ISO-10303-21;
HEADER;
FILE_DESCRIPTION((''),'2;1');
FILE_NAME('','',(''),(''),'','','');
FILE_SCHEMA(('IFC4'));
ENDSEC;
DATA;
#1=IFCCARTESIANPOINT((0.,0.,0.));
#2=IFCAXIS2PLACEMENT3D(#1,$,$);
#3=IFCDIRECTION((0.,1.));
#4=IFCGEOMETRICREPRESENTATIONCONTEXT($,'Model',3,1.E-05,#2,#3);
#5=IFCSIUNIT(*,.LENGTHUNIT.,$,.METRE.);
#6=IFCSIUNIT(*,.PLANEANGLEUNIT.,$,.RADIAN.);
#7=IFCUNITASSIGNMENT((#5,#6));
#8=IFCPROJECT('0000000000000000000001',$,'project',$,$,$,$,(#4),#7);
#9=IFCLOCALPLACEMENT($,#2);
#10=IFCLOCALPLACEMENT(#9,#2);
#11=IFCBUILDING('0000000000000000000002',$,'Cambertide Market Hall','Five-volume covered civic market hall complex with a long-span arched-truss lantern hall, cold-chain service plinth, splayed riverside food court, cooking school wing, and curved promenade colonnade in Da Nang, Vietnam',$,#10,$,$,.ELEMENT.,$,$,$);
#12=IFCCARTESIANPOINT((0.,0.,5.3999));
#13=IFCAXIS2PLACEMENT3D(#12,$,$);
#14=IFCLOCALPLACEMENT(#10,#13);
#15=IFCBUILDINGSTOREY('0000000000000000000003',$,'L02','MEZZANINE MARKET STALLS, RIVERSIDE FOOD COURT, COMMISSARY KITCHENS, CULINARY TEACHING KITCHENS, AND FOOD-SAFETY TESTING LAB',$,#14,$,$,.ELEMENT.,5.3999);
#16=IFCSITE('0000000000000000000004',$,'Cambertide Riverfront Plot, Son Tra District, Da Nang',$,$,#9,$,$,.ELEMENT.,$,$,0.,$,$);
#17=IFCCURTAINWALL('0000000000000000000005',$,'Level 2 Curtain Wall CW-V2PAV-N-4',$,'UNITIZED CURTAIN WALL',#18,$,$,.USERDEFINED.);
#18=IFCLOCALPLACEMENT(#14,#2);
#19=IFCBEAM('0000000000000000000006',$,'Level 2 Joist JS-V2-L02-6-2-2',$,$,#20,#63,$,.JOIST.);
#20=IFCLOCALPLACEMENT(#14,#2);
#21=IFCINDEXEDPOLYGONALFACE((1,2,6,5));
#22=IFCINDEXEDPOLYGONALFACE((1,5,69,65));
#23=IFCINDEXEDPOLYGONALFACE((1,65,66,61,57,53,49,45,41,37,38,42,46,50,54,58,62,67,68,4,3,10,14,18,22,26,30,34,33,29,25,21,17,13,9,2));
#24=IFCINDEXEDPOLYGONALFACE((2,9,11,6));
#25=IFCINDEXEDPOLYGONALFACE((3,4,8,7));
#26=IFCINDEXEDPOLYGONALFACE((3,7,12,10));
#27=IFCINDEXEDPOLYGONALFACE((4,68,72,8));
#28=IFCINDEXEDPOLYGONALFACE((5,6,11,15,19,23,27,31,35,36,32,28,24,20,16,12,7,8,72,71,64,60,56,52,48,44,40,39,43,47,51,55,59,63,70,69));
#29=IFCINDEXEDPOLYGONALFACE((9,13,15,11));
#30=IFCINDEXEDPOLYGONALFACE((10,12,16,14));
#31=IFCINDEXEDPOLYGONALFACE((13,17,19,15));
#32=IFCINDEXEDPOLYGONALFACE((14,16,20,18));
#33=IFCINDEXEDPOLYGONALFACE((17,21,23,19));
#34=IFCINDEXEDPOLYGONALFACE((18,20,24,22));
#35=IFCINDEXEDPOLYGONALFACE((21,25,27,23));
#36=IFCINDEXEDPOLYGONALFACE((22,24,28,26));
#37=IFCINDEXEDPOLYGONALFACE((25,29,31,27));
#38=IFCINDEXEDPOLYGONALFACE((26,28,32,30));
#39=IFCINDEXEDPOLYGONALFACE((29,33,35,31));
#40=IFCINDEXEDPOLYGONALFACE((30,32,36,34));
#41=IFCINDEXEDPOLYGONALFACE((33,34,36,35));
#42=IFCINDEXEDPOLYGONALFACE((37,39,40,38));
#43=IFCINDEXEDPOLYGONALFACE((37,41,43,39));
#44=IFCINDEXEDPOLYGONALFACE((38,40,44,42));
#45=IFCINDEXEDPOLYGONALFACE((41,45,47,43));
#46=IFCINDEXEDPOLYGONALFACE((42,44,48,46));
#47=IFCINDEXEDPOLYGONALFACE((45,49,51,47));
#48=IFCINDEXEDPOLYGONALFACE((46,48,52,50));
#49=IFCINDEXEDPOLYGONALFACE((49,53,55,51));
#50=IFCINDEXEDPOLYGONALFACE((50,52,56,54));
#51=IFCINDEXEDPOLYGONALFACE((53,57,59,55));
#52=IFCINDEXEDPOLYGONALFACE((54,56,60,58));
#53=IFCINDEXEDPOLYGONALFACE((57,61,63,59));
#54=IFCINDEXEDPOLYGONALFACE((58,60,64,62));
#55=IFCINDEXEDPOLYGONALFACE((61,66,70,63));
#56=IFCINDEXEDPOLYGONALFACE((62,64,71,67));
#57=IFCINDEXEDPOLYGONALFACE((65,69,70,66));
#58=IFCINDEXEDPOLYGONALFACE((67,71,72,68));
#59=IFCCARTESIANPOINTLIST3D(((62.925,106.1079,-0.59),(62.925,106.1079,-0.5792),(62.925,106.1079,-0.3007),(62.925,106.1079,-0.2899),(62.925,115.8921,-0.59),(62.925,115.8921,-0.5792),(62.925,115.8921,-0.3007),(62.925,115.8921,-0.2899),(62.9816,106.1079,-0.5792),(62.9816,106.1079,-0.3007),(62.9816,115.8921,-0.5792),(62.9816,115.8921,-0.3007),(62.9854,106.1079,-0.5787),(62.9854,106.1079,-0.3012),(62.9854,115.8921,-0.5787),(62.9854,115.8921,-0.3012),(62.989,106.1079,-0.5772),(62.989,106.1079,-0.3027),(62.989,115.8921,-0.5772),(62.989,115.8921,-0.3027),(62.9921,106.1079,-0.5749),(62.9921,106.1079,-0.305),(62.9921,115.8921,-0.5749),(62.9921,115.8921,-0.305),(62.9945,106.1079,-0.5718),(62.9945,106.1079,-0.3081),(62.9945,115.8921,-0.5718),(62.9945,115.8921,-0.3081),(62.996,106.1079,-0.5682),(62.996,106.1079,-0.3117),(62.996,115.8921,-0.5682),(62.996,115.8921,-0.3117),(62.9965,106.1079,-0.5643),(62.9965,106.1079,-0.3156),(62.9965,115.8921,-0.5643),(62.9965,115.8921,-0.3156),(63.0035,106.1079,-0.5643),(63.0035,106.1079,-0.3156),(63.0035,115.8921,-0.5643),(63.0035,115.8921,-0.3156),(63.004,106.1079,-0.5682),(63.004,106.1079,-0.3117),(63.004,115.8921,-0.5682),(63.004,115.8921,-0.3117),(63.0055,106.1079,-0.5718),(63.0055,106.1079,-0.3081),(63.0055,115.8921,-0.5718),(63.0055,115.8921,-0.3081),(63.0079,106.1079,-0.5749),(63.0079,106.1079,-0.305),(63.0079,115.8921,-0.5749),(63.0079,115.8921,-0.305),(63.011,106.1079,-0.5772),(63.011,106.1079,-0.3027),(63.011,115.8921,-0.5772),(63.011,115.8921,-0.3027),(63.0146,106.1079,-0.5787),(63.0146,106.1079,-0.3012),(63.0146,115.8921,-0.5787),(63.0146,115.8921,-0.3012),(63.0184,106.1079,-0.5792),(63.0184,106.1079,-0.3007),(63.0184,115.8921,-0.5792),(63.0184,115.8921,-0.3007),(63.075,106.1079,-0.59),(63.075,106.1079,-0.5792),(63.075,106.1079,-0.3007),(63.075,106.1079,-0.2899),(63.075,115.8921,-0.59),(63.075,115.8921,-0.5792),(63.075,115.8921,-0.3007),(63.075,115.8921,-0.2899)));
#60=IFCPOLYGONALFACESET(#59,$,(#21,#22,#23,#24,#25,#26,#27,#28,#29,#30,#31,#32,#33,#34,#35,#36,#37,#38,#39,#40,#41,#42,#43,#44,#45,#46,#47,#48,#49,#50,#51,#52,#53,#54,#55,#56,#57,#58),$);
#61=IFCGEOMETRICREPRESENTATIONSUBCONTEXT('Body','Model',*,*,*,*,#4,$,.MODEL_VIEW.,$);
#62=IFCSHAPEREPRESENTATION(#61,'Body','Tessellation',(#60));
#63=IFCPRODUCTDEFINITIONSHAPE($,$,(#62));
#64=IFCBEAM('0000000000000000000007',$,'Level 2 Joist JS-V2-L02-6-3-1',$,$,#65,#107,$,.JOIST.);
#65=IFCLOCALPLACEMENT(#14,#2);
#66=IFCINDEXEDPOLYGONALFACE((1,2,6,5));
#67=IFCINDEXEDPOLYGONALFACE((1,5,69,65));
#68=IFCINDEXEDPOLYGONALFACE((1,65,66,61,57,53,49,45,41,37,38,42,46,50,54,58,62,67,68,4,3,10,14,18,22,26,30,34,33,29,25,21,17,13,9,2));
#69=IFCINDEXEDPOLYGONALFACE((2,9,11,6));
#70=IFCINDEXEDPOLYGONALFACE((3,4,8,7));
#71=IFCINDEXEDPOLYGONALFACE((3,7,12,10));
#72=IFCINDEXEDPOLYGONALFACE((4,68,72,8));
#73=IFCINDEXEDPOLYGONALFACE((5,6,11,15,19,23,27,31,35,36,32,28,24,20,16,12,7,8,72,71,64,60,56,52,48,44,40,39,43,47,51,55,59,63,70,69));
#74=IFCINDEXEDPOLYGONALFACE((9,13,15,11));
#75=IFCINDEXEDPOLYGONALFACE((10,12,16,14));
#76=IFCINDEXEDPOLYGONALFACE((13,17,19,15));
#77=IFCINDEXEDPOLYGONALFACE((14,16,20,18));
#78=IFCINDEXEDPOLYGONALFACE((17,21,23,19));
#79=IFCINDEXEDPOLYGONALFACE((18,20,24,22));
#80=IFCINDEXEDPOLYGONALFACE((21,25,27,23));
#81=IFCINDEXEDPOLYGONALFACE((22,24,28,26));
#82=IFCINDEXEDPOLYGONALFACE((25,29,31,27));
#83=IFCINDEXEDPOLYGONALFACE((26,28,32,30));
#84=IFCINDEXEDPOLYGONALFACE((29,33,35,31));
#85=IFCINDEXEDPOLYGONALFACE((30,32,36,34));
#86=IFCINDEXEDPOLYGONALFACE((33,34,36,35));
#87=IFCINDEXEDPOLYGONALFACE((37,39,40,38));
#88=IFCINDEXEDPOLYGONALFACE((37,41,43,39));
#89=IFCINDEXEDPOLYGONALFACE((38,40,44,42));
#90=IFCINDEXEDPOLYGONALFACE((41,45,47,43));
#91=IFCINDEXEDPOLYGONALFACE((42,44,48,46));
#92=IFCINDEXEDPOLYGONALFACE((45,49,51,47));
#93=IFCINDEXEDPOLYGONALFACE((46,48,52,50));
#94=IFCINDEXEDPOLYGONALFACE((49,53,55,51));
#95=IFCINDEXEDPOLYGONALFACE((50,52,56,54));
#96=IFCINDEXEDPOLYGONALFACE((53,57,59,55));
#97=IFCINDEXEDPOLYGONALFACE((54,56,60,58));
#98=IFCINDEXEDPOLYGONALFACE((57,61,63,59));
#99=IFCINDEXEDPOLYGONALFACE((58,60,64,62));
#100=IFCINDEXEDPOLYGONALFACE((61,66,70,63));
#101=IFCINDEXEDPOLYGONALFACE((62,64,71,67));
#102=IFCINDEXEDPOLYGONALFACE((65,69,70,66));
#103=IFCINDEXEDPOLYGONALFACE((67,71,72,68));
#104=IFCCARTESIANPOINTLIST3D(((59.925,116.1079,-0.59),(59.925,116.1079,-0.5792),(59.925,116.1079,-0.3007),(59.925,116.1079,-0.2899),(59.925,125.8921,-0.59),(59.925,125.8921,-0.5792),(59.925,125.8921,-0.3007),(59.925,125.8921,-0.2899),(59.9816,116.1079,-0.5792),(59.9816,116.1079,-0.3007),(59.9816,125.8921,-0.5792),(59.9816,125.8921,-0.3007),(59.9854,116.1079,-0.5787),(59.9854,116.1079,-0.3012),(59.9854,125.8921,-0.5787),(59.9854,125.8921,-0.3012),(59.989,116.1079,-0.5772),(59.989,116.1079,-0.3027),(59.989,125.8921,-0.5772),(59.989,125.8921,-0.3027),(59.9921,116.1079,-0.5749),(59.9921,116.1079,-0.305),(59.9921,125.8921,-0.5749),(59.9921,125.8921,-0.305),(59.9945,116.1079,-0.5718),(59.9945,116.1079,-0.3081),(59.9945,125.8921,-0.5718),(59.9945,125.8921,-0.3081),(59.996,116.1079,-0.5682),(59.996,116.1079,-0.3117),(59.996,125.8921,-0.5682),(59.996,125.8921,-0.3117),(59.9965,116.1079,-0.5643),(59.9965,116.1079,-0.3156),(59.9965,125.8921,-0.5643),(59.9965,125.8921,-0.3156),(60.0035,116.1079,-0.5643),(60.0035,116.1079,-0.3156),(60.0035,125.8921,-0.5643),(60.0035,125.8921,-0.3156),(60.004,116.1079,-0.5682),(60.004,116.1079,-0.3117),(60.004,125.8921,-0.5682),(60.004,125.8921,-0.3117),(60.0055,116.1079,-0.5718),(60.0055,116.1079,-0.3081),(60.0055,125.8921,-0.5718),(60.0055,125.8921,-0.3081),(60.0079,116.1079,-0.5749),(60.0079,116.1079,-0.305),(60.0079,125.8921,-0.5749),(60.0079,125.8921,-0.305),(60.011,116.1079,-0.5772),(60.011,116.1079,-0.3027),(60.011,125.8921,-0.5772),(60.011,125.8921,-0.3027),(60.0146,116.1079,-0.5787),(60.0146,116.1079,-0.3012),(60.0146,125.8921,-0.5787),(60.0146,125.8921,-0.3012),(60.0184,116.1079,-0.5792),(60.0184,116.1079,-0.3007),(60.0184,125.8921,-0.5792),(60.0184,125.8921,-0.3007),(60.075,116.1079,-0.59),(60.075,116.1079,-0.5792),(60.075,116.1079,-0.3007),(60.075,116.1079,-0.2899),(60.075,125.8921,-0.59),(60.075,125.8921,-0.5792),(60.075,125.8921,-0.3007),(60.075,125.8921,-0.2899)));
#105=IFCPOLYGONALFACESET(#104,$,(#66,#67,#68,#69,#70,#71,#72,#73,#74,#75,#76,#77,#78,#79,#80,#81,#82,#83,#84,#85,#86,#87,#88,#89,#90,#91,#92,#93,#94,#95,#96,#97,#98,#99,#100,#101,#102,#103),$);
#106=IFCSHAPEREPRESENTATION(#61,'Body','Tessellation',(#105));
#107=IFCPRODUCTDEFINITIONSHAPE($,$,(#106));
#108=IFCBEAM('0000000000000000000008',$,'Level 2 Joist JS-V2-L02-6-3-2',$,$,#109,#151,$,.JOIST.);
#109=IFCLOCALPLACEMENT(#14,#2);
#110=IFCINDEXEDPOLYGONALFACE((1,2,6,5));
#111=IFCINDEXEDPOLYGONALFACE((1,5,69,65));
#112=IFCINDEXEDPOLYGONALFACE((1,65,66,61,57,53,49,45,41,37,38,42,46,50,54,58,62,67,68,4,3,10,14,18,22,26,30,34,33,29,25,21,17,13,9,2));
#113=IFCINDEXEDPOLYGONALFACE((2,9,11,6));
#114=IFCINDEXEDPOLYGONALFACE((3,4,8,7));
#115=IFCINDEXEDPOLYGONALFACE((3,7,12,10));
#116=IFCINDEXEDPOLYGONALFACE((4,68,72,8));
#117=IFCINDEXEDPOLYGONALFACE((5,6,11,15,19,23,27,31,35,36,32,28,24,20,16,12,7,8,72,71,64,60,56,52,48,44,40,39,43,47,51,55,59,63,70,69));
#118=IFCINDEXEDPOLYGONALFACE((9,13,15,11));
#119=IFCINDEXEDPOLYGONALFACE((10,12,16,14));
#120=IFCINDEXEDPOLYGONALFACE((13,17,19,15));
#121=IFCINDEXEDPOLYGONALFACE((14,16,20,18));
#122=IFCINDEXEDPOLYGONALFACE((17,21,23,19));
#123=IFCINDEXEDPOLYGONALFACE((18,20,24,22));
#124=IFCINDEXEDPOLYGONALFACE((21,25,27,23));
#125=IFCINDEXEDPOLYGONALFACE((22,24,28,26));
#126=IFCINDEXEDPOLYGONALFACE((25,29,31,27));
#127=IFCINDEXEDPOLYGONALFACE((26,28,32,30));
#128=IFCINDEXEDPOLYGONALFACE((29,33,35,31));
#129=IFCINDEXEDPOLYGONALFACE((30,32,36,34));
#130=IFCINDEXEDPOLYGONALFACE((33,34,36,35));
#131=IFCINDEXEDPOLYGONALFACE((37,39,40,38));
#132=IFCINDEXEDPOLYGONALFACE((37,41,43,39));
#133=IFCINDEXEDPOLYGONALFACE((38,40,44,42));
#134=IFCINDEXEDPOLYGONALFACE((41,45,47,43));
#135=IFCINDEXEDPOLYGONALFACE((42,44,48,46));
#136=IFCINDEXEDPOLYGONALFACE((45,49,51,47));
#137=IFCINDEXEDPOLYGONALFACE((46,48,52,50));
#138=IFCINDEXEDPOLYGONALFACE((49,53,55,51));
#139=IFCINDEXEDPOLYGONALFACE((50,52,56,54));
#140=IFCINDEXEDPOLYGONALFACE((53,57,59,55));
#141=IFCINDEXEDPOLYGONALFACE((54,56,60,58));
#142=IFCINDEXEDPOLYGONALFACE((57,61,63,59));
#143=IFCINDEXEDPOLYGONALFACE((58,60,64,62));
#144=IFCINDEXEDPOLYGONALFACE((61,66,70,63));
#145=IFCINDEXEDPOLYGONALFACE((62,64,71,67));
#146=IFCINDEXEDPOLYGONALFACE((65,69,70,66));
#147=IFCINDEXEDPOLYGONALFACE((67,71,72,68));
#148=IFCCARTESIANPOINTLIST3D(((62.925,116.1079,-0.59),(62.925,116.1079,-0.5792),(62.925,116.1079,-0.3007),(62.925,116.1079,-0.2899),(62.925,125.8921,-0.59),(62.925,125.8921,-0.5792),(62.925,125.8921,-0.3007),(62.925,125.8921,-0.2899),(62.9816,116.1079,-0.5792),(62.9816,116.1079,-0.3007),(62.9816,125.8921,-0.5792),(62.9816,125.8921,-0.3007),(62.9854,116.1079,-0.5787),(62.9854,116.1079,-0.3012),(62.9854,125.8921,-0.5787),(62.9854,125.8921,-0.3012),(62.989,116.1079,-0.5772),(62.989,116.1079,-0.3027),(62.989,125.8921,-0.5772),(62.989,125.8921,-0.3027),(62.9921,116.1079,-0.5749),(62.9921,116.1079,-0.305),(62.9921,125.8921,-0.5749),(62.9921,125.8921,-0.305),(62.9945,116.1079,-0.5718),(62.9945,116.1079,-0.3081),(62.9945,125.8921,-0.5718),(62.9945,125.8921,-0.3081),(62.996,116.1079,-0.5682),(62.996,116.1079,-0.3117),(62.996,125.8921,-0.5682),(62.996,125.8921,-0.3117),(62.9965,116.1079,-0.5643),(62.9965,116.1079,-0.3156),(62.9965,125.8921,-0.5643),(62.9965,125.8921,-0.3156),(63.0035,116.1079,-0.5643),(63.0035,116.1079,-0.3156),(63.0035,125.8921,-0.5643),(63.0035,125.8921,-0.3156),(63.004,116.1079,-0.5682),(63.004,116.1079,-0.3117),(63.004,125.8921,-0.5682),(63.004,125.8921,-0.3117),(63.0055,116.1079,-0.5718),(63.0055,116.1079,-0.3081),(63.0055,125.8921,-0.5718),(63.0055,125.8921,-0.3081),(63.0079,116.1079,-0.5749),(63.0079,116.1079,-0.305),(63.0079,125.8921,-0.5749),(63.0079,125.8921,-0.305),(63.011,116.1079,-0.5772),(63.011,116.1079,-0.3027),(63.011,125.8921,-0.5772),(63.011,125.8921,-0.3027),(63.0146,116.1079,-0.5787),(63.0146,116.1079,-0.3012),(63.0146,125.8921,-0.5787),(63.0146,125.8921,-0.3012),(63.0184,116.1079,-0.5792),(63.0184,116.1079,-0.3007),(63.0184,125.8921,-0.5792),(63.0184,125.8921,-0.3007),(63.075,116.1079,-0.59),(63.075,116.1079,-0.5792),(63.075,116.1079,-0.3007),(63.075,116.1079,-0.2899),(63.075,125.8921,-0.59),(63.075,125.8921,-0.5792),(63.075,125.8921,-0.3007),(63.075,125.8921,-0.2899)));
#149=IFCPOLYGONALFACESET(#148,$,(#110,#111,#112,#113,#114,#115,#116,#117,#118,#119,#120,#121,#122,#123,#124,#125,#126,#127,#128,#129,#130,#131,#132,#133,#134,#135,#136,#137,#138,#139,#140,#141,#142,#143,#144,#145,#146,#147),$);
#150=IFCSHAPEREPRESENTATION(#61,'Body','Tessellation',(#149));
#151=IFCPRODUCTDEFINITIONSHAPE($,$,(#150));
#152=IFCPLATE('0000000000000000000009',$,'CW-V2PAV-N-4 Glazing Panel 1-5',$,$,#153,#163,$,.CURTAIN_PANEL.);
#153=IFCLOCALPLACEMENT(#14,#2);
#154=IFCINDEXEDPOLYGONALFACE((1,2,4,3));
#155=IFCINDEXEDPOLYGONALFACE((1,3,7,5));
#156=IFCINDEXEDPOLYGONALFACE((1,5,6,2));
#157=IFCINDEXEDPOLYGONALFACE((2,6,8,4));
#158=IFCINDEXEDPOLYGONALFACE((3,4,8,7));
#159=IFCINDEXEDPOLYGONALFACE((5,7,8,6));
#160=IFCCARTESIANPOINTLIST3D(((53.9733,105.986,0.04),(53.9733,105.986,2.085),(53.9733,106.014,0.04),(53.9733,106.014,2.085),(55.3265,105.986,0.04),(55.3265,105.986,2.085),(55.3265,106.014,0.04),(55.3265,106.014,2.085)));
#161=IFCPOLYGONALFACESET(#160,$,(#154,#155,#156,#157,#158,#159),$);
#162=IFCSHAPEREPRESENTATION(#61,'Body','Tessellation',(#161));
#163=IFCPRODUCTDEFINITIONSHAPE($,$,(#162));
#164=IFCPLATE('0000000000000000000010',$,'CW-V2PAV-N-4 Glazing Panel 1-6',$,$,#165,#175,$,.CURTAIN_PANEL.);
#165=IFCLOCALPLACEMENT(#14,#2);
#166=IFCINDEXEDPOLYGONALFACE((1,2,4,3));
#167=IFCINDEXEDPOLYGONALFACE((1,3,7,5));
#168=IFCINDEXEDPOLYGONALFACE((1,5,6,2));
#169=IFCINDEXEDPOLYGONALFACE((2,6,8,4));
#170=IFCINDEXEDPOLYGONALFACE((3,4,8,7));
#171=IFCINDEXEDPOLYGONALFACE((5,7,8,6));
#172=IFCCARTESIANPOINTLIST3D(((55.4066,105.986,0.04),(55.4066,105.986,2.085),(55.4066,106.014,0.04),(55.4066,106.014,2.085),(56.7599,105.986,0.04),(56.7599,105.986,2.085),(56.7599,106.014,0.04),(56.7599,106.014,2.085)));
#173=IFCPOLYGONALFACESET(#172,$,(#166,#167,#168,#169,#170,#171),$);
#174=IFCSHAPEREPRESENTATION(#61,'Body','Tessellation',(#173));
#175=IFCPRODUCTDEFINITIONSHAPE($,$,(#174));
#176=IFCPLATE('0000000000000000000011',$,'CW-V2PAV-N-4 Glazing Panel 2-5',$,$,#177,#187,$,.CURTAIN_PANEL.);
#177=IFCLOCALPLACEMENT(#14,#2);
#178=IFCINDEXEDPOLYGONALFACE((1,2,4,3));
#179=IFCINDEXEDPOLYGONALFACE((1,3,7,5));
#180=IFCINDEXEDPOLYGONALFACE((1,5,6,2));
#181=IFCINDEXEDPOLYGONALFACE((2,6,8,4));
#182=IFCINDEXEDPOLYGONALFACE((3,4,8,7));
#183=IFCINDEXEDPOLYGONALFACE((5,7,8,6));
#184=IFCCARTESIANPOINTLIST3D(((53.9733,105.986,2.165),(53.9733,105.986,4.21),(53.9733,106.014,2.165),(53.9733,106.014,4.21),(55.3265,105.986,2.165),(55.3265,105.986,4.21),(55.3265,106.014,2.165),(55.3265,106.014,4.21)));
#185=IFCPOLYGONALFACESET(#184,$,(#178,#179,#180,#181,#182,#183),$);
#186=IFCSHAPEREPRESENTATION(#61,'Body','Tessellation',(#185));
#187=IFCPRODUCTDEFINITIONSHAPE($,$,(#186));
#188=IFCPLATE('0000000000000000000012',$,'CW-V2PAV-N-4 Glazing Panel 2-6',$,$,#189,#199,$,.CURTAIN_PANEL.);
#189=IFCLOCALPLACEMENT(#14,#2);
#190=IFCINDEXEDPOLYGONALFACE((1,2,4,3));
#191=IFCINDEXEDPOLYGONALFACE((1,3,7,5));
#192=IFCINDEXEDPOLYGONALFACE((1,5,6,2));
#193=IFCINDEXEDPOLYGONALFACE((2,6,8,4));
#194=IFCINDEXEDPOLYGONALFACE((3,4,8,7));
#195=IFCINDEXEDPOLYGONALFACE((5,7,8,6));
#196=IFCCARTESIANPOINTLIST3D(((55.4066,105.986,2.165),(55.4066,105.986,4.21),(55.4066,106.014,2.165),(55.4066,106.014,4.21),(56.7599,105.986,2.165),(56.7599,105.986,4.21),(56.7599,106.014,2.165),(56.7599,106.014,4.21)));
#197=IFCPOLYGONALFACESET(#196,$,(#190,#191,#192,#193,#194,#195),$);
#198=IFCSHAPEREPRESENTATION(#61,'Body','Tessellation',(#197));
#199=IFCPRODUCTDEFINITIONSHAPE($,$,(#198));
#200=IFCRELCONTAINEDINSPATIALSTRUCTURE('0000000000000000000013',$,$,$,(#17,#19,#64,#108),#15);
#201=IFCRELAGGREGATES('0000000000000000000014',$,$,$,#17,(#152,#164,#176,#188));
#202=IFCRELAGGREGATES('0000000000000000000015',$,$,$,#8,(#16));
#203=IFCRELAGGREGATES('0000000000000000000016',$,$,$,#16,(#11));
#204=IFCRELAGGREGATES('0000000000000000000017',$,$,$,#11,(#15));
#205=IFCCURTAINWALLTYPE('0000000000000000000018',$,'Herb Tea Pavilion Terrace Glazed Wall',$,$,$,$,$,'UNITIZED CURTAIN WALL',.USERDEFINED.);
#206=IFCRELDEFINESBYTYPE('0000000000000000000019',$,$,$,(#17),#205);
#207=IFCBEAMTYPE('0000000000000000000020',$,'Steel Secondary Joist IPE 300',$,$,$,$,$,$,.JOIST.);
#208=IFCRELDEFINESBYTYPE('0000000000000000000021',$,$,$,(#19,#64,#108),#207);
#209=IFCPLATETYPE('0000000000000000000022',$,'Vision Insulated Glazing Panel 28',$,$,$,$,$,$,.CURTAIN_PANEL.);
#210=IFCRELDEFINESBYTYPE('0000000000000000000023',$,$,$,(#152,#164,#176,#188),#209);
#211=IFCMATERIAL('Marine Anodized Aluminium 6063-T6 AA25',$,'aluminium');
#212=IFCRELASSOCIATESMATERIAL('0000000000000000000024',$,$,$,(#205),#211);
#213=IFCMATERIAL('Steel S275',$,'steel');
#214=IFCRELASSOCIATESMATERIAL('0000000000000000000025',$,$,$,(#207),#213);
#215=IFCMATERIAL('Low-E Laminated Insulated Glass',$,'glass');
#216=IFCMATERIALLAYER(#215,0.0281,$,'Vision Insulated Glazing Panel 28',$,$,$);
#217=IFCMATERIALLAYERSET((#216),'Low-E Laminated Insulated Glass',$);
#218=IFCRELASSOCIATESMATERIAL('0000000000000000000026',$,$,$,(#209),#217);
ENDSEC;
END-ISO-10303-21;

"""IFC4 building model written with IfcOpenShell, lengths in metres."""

from ifc_helpers import new_model, si_unit, direction, frame, origin, origin_2d, place, context, subcontext, project, spatial, rectangle, i_section, extrude, material, layer, layer_set, material_profile, profile_set, type_object, element, aggregate, save


model = new_model("IFC4")

# Units and contexts
model_context = context("Model", 3, precision=1e-05, world=origin(), true_north=direction((0.0, 1.0)))
body_context = subcontext(model_context, "Body", "Model", "MODEL_VIEW")
ifc_project = project(units=[si_unit("LENGTHUNIT", "METRE"), si_unit("PLANEANGLEUNIT", "RADIAN")], contexts=[model_context])

# Site, building, storey
site_placement = place(None, origin())
site = spatial("IfcSite", under=ifc_project, at=site_placement, Name="Cambertide Riverfront Plot, Son Tra District, Da Nang", CompositionType="ELEMENT", RefElevation=0.0)
building_placement = place(site_placement, origin())
building = spatial("IfcBuilding", under=site, at=building_placement, Name="Cambertide Market Hall", Description="Five-volume covered civic market hall complex with a long-span arched-truss lantern hall, cold-chain service plinth, splayed riverside food court, cooking school wing, and curved promenade colonnade in Da Nang, Vietnam", CompositionType="ELEMENT")
storey_placement = place(building_placement, frame((0.0, 0.0, 5.3999)))
storey = spatial("IfcBuildingStorey", under=building, at=storey_placement, Name="L02", Description="MEZZANINE MARKET STALLS, RIVERSIDE FOOD COURT, COMMISSARY KITCHENS, CULINARY TEACHING KITCHENS, AND FOOD-SAFETY TESTING LAB", CompositionType="ELEMENT", Elevation=5.3999)

# Curtain wall
ifc_material_1 = material(Name="Marine Anodized Aluminium 6063-T6 AA25", Category="aluminium")
curtain_wall_type = type_object("IfcCurtainWallType", Name="Herb Tea Pavilion Terrace Glazed Wall", ElementType="UNITIZED CURTAIN WALL", PredefinedType="USERDEFINED", material=ifc_material_1)
curtain_wall_placement = place(storey_placement, origin())
curtain_wall = element("IfcCurtainWall", 1, at=curtain_wall_placement, inside=storey, type_object=curtain_wall_type, Name="Level 2 Curtain Wall CW-V2PAV-N-4", ObjectType="UNITIZED CURTAIN WALL", PredefinedType="USERDEFINED")

# Beams
ifc_material_2 = material(Name="Steel S275", Category="steel")
ifc_material_profile_1 = material_profile(ifc_material_2, i_section(OverallWidth=0.1499, OverallDepth=0.3, WebThickness=0.0071, FlangeThickness=0.0107, FilletRadius=0.0149, at=origin_2d()), Name="IPE 300")
ifc_profile_set_1 = profile_set([ifc_material_profile_1], Name="Steel S275")
beam_type_1 = type_object("IfcBeamType", Name="Steel Secondary Joist IPE 300", PredefinedType="JOIST", material=ifc_profile_set_1)
for number, where, z_axis, x_axis, name in (
    (2, (63.0, 106.1079, -0.4399), (0.0, 1.0, 0.0), (-1.0, 0.0, 0.0), "Level 2 Joist JS-V2-L02-6-2-2"),
    (3, (60.0, 116.1079, -0.4399), (0.0, 1.0, 0.0), (-1.0, 0.0, 0.0), "Level 2 Joist JS-V2-L02-6-3-1"),
    (4, (63.0, 116.1079, -0.4399), (0.0, 1.0, 0.0), (-1.0, 0.0, 0.0), "Level 2 Joist JS-V2-L02-6-3-2"),
):
    element("IfcBeam", number, at=place(storey_placement, frame(where, z_axis=z_axis, x_axis=x_axis)), inside=storey, type_object=beam_type_1, Name=name, PredefinedType="JOIST", context=body_context, shape_type="SweptSolid", body=[
        extrude(i_section(OverallWidth=0.1499, OverallDepth=0.3, WebThickness=0.0071, FlangeThickness=0.0107, FilletRadius=0.0149, at=origin_2d()), origin(), (0.0, 0.0, 1.0), 9.7842),
    ])

# Plates
ifc_material_3 = material(Name="Low-E Laminated Insulated Glass", Category="glass")
ifc_layer_1 = layer(ifc_material_3, 0.0281, Name="Vision Insulated Glazing Panel 28")
ifc_layer_set_1 = layer_set([ifc_layer_1], Name="Low-E Laminated Insulated Glass")
plate_type = type_object("IfcPlateType", Name="Vision Insulated Glazing Panel 28", PredefinedType="CURTAIN_PANEL", material=ifc_layer_set_1)
plate_1_placement = place(storey_placement, frame((54.6499, 106.0, 0.04), z_axis=(0.0, 0.0, 1.0), x_axis=(1.0, 0.0, 0.0)))
plate_1 = element("IfcPlate", 5, at=plate_1_placement, type_object=plate_type, Name="CW-V2PAV-N-4 Glazing Panel 1-5", PredefinedType="CURTAIN_PANEL", context=body_context, shape_type="SweptSolid", body=[
    extrude(rectangle(XDim=1.3533, YDim=0.0281, at=origin_2d()), origin(), (0.0, 0.0, 1.0), 2.0449),
])
plate_2_placement = place(storey_placement, frame((56.0833, 106.0, 0.04), z_axis=(0.0, 0.0, 1.0), x_axis=(1.0, 0.0, 0.0)))
plate_2 = element("IfcPlate", 6, at=plate_2_placement, type_object=plate_type, Name="CW-V2PAV-N-4 Glazing Panel 1-6", PredefinedType="CURTAIN_PANEL", context=body_context, shape_type="SweptSolid", body=[
    extrude(rectangle(XDim=1.3533, YDim=0.0281, at=origin_2d()), origin(), (0.0, 0.0, 1.0), 2.0449),
])
plate_3_placement = place(storey_placement, frame((54.6499, 106.0, 2.165), z_axis=(0.0, 0.0, 1.0), x_axis=(1.0, 0.0, 0.0)))
plate_3 = element("IfcPlate", 7, at=plate_3_placement, type_object=plate_type, Name="CW-V2PAV-N-4 Glazing Panel 2-5", PredefinedType="CURTAIN_PANEL", context=body_context, shape_type="SweptSolid", body=[
    extrude(rectangle(XDim=1.3533, YDim=0.0281, at=origin_2d()), origin(), (0.0, 0.0, 1.0), 2.0449),
])
plate_4_placement = place(storey_placement, frame((56.0833, 106.0, 2.165), z_axis=(0.0, 0.0, 1.0), x_axis=(1.0, 0.0, 0.0)))
plate_4 = element("IfcPlate", 8, at=plate_4_placement, type_object=plate_type, Name="CW-V2PAV-N-4 Glazing Panel 2-6", PredefinedType="CURTAIN_PANEL", context=body_context, shape_type="SweptSolid", body=[
    extrude(rectangle(XDim=1.3533, YDim=0.0281, at=origin_2d()), origin(), (0.0, 0.0, 1.0), 2.0449),
])
aggregate(curtain_wall, [plate_1, plate_2, plate_3, plate_4])

save(model, "model.ifc")
